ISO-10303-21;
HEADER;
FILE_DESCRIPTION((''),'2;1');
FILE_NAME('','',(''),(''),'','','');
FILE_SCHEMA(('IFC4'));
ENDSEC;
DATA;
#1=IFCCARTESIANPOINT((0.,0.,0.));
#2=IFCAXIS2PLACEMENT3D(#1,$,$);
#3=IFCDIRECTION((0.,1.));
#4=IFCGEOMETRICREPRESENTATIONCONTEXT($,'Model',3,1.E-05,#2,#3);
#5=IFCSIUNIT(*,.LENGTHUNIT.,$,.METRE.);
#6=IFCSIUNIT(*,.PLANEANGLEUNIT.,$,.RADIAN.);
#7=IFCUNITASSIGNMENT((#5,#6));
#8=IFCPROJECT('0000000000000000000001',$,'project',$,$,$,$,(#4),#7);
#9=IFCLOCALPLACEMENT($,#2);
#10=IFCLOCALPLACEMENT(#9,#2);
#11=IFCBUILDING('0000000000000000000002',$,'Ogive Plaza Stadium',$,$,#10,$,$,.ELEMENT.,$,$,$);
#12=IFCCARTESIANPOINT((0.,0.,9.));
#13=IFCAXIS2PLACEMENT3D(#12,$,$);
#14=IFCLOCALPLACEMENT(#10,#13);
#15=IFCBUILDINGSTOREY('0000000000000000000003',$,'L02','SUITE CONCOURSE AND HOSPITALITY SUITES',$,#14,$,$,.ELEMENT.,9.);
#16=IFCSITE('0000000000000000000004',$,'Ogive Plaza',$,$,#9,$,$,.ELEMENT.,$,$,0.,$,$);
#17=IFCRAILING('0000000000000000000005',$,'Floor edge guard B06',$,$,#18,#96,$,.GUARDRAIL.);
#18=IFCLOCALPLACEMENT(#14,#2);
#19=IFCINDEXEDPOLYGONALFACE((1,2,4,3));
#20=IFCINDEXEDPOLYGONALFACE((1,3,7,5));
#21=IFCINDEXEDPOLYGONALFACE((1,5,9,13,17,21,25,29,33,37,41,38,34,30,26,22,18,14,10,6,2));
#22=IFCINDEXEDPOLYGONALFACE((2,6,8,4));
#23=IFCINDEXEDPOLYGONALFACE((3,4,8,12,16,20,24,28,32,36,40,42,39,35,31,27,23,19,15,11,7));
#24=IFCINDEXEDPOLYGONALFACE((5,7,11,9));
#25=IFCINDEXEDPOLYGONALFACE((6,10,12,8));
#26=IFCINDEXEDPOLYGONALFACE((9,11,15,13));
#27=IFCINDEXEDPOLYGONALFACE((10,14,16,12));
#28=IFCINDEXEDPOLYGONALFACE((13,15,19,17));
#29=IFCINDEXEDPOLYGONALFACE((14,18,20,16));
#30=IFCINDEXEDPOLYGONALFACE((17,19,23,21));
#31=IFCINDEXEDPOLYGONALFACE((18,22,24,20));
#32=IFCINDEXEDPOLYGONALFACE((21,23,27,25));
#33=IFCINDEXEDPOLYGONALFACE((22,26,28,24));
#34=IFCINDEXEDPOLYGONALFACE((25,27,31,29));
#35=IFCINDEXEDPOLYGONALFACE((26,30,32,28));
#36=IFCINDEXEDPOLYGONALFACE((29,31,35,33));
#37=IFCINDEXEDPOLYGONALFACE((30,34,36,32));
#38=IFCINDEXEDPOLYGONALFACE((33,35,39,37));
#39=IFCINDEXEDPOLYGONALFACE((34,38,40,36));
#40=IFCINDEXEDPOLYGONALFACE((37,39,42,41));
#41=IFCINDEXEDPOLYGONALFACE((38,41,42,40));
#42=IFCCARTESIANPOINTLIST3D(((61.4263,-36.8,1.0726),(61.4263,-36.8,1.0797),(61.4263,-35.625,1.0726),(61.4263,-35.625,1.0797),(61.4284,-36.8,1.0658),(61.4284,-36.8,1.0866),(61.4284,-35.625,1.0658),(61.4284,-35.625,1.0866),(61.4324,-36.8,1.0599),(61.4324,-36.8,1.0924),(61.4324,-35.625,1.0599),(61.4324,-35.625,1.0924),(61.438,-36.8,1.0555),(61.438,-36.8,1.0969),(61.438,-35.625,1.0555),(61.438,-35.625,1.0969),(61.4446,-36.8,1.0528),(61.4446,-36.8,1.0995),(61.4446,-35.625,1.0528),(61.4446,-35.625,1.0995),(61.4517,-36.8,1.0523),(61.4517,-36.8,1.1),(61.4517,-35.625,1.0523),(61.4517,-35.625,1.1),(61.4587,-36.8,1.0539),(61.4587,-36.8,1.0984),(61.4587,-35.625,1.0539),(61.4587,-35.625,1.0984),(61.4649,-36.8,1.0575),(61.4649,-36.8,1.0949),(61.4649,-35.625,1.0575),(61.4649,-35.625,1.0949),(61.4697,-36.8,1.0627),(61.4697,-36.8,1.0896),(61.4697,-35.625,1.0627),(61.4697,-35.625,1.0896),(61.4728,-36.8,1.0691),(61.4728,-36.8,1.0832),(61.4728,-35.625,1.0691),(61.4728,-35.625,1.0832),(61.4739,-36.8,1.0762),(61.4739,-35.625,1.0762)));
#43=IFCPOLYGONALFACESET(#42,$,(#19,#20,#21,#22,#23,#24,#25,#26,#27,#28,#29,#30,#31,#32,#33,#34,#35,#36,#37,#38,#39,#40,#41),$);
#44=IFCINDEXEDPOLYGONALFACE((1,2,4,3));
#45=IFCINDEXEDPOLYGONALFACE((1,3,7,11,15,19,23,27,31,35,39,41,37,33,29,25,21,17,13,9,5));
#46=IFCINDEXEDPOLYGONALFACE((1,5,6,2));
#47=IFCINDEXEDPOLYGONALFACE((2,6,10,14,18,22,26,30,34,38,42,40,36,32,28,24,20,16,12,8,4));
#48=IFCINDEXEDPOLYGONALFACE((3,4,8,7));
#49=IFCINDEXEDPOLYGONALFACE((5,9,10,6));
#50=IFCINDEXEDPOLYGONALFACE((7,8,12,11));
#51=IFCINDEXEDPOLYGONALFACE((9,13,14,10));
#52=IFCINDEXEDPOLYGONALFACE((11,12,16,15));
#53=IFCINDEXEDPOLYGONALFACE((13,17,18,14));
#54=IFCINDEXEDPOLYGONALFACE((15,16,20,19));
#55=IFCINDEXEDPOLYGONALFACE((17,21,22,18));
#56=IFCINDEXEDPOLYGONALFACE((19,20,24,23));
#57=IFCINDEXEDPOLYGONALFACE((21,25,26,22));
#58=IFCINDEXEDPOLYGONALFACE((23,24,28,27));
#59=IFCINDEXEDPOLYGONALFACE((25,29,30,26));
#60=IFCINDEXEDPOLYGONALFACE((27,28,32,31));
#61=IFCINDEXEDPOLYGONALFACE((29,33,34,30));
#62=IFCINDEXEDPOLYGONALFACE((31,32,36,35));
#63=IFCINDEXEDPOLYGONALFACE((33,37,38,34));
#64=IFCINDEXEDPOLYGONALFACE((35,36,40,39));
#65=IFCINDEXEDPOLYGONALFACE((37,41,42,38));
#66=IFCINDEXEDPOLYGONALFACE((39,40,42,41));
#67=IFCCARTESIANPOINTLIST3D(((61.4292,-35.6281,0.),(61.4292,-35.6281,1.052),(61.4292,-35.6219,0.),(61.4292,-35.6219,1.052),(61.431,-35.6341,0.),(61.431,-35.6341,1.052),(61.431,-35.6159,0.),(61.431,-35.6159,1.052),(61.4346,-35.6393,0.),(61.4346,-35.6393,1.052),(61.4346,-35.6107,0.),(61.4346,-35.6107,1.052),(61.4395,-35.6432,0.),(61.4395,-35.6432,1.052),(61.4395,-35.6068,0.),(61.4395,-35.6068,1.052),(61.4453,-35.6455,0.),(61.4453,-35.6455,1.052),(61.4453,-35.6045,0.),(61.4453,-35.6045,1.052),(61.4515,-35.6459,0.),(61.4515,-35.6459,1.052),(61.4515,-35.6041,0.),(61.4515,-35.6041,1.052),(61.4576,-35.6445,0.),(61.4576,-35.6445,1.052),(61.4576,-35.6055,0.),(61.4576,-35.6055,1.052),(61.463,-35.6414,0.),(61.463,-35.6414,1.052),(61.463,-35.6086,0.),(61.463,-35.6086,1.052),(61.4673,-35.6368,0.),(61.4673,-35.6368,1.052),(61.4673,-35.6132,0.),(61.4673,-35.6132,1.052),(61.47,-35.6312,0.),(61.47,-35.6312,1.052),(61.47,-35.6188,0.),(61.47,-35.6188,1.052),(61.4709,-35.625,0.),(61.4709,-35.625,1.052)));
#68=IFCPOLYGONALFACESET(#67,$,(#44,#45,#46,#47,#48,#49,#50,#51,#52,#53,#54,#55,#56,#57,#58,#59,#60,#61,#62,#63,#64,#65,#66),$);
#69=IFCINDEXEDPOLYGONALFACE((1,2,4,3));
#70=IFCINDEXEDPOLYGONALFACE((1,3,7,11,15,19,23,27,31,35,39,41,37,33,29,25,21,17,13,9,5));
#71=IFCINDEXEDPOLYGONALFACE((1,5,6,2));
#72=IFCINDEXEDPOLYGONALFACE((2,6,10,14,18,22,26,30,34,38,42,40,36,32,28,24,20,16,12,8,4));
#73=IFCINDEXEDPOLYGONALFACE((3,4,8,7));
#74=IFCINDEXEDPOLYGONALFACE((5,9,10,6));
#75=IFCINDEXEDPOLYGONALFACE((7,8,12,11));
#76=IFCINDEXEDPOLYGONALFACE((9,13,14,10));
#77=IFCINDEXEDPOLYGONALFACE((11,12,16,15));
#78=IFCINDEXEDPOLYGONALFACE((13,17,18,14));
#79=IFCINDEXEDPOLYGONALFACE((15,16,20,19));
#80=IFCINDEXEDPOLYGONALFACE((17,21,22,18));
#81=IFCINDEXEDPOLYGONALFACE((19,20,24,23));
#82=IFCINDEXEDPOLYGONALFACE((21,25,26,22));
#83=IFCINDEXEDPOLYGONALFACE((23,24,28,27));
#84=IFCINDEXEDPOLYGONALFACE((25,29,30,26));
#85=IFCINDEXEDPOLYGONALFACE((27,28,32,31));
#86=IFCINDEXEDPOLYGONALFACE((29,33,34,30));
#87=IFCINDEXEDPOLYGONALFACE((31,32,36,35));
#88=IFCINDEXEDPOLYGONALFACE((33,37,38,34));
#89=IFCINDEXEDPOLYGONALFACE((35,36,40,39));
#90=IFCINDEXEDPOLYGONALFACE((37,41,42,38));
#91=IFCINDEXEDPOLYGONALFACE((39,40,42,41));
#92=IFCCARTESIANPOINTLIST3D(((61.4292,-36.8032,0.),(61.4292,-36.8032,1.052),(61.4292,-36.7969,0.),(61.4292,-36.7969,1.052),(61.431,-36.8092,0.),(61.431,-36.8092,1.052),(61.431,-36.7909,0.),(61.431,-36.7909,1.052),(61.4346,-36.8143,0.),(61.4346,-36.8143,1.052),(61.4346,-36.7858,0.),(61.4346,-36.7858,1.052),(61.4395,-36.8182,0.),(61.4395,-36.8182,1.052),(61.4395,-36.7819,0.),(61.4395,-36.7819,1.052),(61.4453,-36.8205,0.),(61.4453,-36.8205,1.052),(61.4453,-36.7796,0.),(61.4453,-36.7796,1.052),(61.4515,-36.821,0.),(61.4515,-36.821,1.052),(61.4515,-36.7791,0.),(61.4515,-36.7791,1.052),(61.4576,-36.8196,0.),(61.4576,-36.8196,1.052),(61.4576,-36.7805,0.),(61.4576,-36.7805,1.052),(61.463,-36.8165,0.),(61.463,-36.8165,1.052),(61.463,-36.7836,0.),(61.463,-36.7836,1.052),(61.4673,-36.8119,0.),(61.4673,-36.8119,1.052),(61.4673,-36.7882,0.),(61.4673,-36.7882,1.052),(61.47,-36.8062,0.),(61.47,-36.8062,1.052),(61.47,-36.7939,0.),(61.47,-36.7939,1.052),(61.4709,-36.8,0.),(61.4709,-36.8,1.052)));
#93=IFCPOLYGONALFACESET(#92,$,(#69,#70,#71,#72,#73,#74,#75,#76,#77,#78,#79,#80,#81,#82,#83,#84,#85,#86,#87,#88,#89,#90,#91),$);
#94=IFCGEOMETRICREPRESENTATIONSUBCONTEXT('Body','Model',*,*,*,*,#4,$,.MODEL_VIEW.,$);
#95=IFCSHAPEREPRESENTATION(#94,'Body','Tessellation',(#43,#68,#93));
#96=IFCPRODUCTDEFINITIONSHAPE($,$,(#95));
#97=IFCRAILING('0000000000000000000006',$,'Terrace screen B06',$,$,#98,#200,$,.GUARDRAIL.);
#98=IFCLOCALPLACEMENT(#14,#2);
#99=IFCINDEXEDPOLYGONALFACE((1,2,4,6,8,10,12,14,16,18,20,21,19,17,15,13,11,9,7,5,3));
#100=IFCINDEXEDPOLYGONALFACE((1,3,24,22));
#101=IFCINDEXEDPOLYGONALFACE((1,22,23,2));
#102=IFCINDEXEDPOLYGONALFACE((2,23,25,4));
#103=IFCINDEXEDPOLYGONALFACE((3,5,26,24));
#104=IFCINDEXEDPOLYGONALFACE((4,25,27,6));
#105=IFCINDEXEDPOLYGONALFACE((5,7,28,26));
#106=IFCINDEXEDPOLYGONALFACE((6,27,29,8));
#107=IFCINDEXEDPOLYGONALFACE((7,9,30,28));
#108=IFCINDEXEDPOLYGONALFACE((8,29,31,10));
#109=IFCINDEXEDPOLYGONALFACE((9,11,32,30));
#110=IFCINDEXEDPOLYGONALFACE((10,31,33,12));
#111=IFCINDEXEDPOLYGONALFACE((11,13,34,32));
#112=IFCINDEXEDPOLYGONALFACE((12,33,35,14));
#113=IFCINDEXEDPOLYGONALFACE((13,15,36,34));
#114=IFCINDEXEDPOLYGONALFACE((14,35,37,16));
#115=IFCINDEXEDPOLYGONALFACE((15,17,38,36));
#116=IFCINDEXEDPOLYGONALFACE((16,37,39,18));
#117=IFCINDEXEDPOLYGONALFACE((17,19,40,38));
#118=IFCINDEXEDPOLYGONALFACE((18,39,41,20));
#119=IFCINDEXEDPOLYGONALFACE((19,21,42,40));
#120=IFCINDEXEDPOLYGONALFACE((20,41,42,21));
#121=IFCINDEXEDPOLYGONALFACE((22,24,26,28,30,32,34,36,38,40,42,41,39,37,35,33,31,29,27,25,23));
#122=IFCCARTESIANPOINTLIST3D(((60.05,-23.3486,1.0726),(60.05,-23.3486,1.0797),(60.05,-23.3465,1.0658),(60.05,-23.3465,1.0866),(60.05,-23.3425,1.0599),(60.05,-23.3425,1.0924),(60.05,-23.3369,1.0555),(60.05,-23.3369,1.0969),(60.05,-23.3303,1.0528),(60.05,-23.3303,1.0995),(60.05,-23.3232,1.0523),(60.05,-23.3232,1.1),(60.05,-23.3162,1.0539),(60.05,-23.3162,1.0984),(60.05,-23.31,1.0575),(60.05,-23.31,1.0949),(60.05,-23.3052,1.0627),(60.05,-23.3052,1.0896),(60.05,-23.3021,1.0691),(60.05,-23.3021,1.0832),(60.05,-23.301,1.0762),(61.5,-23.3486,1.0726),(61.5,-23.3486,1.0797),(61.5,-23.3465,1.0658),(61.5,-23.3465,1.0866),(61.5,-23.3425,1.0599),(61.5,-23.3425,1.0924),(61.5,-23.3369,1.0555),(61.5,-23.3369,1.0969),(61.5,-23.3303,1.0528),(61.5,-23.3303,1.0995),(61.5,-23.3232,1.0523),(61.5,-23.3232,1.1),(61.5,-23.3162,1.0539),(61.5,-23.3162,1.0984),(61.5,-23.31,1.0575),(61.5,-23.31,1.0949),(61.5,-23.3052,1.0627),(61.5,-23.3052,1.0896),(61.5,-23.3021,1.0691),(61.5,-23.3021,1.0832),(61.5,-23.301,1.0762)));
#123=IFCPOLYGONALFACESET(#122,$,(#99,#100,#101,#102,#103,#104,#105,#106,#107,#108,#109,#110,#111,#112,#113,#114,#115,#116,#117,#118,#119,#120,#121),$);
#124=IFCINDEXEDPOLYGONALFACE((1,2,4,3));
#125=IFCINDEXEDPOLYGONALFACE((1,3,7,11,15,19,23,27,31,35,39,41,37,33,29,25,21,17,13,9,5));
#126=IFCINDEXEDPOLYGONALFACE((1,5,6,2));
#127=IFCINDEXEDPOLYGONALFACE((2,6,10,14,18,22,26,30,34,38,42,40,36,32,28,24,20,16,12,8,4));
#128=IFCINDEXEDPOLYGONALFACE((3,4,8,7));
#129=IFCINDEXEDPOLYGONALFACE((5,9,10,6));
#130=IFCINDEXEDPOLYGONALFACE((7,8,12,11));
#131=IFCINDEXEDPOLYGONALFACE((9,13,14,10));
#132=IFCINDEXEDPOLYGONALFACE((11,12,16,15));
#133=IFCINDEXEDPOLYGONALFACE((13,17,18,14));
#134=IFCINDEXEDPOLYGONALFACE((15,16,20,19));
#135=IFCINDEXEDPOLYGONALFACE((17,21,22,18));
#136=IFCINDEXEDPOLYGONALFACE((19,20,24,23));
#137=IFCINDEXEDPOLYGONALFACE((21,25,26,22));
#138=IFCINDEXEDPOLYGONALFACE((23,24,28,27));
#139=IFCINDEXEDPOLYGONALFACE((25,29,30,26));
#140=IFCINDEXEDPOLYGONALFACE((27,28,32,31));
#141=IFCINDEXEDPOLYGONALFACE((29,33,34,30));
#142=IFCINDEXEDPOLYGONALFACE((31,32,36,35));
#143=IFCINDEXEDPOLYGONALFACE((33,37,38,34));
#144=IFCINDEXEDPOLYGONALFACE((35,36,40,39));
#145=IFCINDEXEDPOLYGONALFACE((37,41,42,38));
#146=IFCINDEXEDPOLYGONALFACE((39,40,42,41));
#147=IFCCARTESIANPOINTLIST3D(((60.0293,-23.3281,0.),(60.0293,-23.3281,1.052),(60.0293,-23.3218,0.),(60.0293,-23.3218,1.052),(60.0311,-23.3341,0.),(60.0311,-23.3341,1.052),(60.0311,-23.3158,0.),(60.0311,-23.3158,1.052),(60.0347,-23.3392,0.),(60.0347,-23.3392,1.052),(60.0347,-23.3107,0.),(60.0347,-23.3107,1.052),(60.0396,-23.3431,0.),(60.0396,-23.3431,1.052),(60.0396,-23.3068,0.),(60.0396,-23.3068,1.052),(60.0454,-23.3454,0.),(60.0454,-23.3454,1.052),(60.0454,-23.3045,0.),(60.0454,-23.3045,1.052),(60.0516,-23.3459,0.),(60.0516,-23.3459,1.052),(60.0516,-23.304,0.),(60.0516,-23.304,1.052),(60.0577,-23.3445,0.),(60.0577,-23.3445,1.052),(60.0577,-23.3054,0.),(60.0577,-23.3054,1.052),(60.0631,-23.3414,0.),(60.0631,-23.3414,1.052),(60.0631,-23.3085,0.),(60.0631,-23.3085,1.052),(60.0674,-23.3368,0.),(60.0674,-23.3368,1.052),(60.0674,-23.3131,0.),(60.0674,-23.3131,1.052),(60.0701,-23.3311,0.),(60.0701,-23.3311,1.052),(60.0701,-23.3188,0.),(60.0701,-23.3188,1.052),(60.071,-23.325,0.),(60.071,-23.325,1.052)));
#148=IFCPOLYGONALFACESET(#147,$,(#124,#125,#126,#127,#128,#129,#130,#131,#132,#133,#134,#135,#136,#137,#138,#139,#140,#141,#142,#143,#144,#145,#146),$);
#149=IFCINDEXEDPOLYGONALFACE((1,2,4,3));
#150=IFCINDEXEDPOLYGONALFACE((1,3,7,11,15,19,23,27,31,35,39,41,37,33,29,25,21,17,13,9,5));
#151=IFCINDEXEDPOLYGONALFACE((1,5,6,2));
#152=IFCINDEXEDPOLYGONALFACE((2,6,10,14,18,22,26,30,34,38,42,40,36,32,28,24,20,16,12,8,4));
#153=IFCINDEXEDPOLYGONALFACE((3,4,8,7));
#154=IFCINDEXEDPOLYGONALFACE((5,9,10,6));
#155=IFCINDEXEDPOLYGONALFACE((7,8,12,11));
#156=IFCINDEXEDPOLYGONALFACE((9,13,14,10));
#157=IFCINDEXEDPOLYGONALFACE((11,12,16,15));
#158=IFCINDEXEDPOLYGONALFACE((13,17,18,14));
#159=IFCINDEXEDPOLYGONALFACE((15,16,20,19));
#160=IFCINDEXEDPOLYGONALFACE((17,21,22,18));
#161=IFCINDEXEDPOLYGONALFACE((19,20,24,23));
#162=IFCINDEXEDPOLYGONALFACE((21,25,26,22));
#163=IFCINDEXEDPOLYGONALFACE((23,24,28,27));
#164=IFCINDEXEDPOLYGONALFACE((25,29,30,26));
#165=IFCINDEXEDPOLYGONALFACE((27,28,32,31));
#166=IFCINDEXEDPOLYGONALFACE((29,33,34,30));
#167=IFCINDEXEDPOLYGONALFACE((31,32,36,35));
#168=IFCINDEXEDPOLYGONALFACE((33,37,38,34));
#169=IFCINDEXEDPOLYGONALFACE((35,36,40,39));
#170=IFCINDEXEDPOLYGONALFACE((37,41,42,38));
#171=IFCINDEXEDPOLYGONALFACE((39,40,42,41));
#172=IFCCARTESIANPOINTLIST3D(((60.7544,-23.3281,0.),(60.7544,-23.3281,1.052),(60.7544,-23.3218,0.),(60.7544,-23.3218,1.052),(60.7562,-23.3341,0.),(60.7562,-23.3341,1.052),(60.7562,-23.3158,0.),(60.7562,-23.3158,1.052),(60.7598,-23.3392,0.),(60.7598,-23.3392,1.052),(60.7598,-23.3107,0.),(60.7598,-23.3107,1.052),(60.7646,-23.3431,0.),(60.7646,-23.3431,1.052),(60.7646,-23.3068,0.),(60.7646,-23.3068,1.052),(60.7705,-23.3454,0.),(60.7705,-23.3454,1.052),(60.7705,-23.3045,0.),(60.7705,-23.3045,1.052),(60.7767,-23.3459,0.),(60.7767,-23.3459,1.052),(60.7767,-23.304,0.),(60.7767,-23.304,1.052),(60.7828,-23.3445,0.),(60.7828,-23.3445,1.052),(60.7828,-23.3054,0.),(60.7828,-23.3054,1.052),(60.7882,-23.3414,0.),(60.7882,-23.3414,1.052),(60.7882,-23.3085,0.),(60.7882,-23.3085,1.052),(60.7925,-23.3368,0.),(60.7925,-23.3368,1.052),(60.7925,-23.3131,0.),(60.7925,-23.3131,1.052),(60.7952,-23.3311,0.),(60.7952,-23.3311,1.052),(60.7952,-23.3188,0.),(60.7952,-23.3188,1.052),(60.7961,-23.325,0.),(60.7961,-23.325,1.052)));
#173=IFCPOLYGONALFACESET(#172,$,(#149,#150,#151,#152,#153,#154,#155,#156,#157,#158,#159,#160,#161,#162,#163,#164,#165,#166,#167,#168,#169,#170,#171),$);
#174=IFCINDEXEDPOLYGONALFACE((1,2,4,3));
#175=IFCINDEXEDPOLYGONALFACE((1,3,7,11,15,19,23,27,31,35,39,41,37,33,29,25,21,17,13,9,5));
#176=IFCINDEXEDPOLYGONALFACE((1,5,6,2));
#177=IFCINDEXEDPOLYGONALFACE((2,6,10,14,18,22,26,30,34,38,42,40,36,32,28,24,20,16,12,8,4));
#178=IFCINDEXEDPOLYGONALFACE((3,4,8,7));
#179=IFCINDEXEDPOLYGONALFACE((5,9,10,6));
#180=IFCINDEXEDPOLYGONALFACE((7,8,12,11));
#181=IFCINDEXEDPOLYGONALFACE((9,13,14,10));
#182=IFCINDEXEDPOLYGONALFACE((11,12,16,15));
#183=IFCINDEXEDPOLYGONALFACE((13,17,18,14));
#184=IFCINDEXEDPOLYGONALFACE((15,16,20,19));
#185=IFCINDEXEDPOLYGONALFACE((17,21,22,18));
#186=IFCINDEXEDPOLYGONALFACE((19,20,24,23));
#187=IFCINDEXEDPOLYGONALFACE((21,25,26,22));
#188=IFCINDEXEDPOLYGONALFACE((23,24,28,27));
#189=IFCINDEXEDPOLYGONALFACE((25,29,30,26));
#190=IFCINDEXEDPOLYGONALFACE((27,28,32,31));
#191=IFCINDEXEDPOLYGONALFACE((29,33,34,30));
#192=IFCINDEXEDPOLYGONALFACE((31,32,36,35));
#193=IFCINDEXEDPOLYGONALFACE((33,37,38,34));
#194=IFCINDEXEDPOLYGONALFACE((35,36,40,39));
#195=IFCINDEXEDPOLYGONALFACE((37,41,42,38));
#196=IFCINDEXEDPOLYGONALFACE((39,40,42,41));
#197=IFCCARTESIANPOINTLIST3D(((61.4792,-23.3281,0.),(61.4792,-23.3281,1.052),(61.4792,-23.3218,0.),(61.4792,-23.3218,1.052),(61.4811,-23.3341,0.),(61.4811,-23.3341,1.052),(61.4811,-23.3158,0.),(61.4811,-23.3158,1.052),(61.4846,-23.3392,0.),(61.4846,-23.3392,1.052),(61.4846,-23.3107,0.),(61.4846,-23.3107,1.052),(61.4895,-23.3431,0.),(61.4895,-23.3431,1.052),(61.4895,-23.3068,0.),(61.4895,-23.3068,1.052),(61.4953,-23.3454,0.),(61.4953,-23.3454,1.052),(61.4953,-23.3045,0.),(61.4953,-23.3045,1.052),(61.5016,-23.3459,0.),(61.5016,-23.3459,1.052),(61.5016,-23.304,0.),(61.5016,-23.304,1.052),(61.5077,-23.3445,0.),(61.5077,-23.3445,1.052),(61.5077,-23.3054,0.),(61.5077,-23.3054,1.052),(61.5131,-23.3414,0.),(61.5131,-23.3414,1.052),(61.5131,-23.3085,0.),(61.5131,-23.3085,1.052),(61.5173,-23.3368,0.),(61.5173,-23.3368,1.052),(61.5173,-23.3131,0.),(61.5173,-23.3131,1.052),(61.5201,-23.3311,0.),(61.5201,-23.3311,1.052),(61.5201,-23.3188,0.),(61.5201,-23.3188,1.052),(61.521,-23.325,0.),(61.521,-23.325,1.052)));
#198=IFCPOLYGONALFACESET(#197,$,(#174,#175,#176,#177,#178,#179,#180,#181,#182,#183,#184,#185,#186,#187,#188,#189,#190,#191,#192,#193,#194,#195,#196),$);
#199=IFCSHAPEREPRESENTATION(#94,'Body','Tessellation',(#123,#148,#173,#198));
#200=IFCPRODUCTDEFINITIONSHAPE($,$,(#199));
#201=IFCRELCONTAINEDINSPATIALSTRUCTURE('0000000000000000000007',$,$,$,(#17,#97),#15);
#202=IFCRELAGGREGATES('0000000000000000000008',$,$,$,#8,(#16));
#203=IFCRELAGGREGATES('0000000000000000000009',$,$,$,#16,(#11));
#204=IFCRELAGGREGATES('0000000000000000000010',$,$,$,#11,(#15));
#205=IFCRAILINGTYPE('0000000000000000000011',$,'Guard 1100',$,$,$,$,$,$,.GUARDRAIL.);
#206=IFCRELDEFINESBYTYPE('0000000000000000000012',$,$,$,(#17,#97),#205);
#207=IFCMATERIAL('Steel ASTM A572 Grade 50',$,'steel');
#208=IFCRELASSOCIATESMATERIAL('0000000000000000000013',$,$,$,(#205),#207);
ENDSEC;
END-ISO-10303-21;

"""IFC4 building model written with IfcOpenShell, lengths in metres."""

from ifc_helpers import new_model, si_unit, direction, frame, origin, origin_2d, place, context, subcontext, project, spatial, circle, extrude, material, type_object, element, save


model = new_model("IFC4")

# Units and contexts
model_context = context("Model", 3, precision=1e-05, world=origin(), true_north=direction((0.0, 1.0)))
body_context = subcontext(model_context, "Body", "Model", "MODEL_VIEW")
ifc_project = project(units=[si_unit("LENGTHUNIT", "METRE"), si_unit("PLANEANGLEUNIT", "RADIAN")], contexts=[model_context])

# Site, building, storey
site_placement = place(None, origin())
site = spatial("IfcSite", under=ifc_project, at=site_placement, Name="Ogive Plaza", CompositionType="ELEMENT", RefElevation=0.0)
building_placement = place(site_placement, origin())
building = spatial("IfcBuilding", under=site, at=building_placement, Name="Ogive Plaza Stadium", CompositionType="ELEMENT")
storey_placement = place(building_placement, frame((0.0, 0.0, 9.0)))
storey = spatial("IfcBuildingStorey", under=building, at=storey_placement, Name="L02", Description="SUITE CONCOURSE AND HOSPITALITY SUITES", CompositionType="ELEMENT", Elevation=9.0)

# Railings
ifc_material_1 = material(Name="Steel ASTM A572 Grade 50", Category="steel")
railing_type = type_object("IfcRailingType", Name="Guard 1100", PredefinedType="GUARDRAIL", material=ifc_material_1)
railing_1_placement = place(storey_placement, frame((61.45, -35.625, 0.0)))
element("IfcRailing", 1, at=railing_1_placement, inside=storey, type_object=railing_type, Name="Floor edge guard B06", PredefinedType="GUARDRAIL", context=body_context, shape_type="SweptSolid", body=[
    extrude(circle(Radius=0.0239, at=origin_2d()), frame((0.0, 0.0, 1.0762), z_axis=(0.0, -1.0, 0.0), x_axis=(1.0, 0.0, 0.0)), (0.0, 0.0, 1.0), 1.175),
    extrude(circle(Radius=0.021, at=origin_2d()), origin(), (0.0, 0.0, 1.0), 1.052),
    extrude(circle(Radius=0.021, at=origin_2d()), frame((0.0, -1.175, 0.0)), (0.0, 0.0, 1.0), 1.052),
])
for number, where, name in (
    (2, (60.05, -23.325, 0.0), "Terrace screen B06"),
):
    element("IfcRailing", number, at=place(storey_placement, frame(where)), inside=storey, type_object=railing_type, Name=name, PredefinedType="GUARDRAIL", context=body_context, shape_type="SweptSolid", body=[
        extrude(circle(Radius=0.0239, at=origin_2d()), frame((0.0, 0.0, 1.0762), z_axis=(1.0, 0.0, 0.0), x_axis=(0.0, 1.0, 0.0)), (0.0, 0.0, 1.0), 1.45),
        extrude(circle(Radius=0.021, at=origin_2d()), origin(), (0.0, 0.0, 1.0), 1.052),
        extrude(circle(Radius=0.021, at=origin_2d()), frame((0.7251, 0.0, 0.0)), (0.0, 0.0, 1.0), 1.052),
        extrude(circle(Radius=0.021, at=origin_2d()), frame((1.45, 0.0, 0.0)), (0.0, 0.0, 1.0), 1.052),
    ])

save(model, "model.ifc")
